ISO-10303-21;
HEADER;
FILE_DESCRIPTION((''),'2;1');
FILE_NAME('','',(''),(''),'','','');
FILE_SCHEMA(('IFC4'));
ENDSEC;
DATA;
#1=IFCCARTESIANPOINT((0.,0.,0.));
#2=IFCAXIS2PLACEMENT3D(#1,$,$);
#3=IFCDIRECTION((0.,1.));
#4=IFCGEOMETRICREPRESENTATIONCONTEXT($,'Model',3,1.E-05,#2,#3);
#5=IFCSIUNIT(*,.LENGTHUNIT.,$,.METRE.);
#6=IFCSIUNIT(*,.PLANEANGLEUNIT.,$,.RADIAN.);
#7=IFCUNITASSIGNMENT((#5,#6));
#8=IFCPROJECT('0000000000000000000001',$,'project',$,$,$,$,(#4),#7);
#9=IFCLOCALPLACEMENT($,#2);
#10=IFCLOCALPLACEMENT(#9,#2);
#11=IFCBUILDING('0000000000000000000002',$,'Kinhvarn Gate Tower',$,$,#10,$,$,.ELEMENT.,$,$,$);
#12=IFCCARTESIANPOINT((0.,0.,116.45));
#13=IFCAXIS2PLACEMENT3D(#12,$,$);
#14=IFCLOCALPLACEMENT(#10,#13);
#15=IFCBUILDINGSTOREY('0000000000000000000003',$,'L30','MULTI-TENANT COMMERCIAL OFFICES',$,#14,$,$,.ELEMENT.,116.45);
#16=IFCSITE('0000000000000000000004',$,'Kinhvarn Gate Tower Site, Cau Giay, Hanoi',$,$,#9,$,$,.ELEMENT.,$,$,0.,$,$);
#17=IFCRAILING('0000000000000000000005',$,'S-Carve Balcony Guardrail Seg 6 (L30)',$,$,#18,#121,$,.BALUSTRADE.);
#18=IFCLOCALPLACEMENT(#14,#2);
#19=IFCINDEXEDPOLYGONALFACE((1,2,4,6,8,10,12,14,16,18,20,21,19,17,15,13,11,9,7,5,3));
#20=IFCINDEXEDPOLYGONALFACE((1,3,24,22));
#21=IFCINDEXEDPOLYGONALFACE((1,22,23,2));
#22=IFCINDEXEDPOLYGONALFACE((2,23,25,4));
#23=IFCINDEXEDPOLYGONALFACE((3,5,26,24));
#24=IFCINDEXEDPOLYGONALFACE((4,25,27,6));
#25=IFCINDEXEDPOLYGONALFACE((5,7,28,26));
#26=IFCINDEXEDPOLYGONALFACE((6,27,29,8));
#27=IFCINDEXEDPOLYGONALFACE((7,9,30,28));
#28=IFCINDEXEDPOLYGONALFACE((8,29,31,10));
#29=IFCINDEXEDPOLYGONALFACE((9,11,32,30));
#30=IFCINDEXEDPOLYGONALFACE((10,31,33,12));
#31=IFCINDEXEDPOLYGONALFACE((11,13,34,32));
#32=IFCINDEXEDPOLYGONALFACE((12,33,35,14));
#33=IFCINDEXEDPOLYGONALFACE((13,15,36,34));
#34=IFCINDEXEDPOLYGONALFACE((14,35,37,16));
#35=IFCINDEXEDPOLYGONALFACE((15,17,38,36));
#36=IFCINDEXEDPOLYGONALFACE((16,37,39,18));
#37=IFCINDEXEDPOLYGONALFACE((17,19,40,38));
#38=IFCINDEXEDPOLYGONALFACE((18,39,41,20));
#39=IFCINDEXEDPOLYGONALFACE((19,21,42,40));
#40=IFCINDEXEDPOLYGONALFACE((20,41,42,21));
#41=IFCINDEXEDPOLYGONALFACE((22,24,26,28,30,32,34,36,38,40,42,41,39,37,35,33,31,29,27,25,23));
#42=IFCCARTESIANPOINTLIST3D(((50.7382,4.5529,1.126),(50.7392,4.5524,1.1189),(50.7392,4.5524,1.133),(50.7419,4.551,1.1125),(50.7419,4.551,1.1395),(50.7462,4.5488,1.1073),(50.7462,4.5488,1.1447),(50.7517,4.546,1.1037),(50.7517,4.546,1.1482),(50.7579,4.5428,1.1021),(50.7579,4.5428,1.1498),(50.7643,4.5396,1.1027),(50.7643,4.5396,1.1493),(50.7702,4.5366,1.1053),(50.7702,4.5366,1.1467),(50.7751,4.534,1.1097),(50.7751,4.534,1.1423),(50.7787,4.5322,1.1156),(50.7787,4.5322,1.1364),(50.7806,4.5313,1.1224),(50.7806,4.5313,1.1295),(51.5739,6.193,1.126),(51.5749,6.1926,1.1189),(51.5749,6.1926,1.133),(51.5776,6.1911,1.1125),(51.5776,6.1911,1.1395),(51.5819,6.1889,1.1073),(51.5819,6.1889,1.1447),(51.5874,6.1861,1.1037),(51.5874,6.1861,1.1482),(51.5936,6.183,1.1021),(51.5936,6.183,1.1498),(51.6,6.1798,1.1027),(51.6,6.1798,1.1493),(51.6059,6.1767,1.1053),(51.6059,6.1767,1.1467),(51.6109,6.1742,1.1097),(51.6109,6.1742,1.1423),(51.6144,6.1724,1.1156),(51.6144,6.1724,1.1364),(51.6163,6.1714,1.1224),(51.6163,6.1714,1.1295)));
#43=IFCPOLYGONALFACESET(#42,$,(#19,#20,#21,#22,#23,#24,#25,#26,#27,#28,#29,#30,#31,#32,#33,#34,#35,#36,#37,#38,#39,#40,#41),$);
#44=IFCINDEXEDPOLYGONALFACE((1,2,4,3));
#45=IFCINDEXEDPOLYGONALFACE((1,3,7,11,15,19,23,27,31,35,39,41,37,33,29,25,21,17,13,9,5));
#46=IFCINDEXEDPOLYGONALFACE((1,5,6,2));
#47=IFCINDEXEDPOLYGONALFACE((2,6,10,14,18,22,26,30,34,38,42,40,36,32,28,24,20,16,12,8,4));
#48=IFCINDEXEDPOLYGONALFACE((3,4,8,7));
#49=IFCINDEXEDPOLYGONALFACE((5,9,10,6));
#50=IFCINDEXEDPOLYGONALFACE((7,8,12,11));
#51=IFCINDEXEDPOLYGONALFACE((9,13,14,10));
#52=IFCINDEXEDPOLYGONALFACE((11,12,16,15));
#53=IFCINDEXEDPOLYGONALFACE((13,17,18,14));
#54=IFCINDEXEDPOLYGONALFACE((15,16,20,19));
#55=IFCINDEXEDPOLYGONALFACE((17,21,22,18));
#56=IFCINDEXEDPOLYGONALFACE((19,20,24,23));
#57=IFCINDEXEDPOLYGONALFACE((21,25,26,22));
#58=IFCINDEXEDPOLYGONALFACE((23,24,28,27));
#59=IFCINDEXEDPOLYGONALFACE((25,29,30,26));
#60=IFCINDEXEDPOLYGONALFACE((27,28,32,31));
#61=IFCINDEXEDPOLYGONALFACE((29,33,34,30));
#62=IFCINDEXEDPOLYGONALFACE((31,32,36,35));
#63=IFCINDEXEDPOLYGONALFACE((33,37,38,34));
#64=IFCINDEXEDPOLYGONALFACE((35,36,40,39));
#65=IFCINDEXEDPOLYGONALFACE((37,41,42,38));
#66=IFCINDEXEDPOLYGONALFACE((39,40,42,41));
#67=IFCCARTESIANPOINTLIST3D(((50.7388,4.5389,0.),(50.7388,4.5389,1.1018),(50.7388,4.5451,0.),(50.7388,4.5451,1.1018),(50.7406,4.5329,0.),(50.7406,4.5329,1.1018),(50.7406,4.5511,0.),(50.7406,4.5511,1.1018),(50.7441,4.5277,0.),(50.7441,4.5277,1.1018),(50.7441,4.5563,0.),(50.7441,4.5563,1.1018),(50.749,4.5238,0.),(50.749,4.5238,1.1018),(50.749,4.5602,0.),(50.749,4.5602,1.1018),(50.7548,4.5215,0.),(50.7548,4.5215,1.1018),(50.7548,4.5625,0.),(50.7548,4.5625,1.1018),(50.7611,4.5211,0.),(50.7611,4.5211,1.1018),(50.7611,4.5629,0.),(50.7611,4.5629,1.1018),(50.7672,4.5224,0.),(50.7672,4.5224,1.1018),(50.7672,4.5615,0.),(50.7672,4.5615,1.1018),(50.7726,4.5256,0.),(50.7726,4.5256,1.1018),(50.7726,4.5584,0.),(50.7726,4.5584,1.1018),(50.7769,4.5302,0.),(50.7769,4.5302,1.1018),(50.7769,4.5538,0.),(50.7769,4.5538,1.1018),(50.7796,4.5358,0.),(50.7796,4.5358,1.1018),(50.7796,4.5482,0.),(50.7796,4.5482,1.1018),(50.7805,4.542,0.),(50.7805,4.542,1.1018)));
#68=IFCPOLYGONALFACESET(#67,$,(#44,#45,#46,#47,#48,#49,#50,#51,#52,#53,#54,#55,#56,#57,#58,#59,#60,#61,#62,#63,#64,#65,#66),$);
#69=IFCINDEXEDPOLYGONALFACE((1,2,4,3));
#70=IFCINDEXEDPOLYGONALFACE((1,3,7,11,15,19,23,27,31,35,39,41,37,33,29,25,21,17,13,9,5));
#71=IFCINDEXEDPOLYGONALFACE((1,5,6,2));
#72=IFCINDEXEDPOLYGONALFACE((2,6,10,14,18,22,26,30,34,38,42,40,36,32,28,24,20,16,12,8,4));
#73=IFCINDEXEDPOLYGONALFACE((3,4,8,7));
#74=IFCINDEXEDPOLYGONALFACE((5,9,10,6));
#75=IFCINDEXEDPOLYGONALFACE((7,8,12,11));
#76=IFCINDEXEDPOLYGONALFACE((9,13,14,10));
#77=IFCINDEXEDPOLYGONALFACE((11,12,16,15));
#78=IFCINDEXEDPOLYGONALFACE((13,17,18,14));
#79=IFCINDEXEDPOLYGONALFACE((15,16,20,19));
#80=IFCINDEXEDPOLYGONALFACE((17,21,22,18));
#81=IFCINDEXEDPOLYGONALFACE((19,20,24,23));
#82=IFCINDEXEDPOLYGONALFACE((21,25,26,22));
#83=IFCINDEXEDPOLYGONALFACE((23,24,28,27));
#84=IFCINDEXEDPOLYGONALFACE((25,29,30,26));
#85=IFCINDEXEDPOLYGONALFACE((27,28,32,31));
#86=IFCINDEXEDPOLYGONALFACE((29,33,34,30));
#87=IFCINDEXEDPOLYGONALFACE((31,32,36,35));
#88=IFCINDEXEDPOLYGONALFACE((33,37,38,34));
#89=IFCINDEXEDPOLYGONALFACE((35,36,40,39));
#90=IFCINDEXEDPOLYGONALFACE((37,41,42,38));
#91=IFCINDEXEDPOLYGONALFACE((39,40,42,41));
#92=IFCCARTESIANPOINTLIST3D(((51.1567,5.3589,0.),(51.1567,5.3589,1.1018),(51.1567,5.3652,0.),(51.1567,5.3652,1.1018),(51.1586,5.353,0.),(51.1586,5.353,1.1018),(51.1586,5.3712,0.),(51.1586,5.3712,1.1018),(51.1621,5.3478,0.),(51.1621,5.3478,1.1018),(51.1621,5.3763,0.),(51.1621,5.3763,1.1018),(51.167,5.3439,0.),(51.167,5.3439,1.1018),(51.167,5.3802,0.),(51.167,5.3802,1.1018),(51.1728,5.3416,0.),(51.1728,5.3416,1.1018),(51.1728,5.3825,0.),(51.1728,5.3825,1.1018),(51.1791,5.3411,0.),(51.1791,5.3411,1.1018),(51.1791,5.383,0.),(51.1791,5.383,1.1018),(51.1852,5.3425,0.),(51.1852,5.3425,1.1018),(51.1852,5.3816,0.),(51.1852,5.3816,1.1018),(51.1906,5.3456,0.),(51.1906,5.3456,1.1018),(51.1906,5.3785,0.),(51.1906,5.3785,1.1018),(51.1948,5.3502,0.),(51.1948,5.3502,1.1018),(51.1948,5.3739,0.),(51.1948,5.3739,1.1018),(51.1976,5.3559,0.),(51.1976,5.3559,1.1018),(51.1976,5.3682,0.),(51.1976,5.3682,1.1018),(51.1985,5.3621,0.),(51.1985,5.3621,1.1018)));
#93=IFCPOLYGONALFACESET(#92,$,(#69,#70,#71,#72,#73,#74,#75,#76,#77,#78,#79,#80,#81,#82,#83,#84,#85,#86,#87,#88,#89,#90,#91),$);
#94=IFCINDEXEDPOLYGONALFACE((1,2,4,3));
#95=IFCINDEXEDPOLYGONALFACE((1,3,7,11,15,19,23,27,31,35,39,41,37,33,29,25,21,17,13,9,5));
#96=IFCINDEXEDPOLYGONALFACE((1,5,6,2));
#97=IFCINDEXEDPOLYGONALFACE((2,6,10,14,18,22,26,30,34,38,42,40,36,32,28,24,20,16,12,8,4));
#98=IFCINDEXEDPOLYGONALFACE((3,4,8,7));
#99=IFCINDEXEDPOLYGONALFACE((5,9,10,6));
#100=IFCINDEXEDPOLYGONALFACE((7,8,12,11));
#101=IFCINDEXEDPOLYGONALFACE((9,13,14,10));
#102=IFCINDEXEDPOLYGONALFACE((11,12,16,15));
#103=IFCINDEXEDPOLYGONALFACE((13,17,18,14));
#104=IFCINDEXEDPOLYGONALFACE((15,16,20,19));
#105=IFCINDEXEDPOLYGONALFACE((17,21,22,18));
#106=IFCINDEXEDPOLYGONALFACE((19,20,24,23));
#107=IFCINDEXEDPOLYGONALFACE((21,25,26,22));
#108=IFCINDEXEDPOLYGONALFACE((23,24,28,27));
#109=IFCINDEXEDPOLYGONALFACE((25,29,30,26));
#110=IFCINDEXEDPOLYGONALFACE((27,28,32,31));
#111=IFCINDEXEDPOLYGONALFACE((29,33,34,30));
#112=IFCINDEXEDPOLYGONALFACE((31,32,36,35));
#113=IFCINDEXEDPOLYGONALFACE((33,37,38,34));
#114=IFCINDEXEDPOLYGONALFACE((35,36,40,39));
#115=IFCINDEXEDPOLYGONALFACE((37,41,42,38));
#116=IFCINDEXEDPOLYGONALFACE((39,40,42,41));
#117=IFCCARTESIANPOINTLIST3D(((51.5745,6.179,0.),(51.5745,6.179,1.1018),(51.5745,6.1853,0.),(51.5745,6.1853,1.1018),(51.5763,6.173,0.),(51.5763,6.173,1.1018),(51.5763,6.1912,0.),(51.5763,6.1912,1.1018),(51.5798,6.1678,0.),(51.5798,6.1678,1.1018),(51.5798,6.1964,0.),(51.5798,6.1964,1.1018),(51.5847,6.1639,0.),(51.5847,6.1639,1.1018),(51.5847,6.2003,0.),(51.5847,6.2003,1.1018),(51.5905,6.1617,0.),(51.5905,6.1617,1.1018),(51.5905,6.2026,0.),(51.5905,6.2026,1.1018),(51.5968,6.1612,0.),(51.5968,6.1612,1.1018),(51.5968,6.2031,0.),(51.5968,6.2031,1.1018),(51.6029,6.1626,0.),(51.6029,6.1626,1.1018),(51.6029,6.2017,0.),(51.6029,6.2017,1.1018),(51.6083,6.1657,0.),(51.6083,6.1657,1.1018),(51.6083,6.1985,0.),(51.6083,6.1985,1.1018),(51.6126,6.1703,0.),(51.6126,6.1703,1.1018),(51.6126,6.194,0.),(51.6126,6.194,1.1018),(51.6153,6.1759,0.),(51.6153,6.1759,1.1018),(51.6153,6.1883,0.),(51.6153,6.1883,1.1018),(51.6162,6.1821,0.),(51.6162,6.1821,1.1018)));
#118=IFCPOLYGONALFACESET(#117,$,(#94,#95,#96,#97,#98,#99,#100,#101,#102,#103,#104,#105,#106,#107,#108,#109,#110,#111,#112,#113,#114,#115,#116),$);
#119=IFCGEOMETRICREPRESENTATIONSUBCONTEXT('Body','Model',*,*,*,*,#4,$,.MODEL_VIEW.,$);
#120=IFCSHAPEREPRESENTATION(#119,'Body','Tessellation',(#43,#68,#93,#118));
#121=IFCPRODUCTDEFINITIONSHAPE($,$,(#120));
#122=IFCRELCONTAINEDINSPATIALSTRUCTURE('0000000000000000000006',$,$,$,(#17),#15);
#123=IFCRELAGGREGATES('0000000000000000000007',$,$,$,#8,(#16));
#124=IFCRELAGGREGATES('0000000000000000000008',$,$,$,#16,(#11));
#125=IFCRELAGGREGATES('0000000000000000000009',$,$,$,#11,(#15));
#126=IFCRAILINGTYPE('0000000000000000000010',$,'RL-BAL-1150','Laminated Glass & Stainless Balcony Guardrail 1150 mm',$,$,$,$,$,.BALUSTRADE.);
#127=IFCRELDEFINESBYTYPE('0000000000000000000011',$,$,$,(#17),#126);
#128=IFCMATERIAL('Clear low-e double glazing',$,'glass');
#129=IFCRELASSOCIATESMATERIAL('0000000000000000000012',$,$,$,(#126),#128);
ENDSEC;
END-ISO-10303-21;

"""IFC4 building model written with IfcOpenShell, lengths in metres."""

from ifc_helpers import new_model, si_unit, direction, frame, origin, origin_2d, place, context, subcontext, project, spatial, circle, extrude, material, type_object, element, save


model = new_model("IFC4")

# Units and contexts
model_context = context("Model", 3, precision=1e-05, world=origin(), true_north=direction((0.0, 1.0)))
body_context = subcontext(model_context, "Body", "Model", "MODEL_VIEW")
ifc_project = project(units=[si_unit("LENGTHUNIT", "METRE"), si_unit("PLANEANGLEUNIT", "RADIAN")], contexts=[model_context])

# Site, building, storey
site_placement = place(None, origin())
site = spatial("IfcSite", under=ifc_project, at=site_placement, Name="Kinhvarn Gate Tower Site, Cau Giay, Hanoi", CompositionType="ELEMENT", RefElevation=0.0)
building_placement = place(site_placement, origin())
building = spatial("IfcBuilding", under=site, at=building_placement, Name="Kinhvarn Gate Tower", CompositionType="ELEMENT")
storey_placement = place(building_placement, frame((0.0, 0.0, 116.45)))
storey = spatial("IfcBuildingStorey", under=building, at=storey_placement, Name="L30", Description="MULTI-TENANT COMMERCIAL OFFICES", CompositionType="ELEMENT", Elevation=116.45)

# Shared definitions
ifc_material_1 = material(Name="Clear low-e double glazing", Category="glass")

# Railing
railing_type = type_object("IfcRailingType", Name="RL-BAL-1150", Description="Laminated Glass & Stainless Balcony Guardrail 1150 mm", PredefinedType="BALUSTRADE", material=ifc_material_1)
railing_1_placement = place(storey_placement, frame((50.7595, 4.542, 0.0)))
element("IfcRailing", 1, at=railing_1_placement, inside=storey, type_object=railing_type, Name="S-Carve Balcony Guardrail Seg 6 (L30)", PredefinedType="BALUSTRADE", context=body_context, shape_type="SweptSolid", body=[
    extrude(circle(Radius=0.0239, at=origin_2d()), frame((0.0, 0.0, 1.126), z_axis=(0.453991, 0.891006, 0.0), x_axis=(-0.891006, 0.453991, 0.0)), (0.0, 0.0, 1.0), 1.8408),
    extrude(circle(Radius=0.021, at=origin_2d()), origin(), (0.0, 0.0, 1.0), 1.1018),
    extrude(circle(Radius=0.021, at=origin_2d()), frame((0.418, 0.8201, 0.0)), (0.0, 0.0, 1.0), 1.1018),
    extrude(circle(Radius=0.021, at=origin_2d()), frame((0.8357, 1.6401, 0.0)), (0.0, 0.0, 1.0), 1.1018),
])

save(model, "model.ifc")
